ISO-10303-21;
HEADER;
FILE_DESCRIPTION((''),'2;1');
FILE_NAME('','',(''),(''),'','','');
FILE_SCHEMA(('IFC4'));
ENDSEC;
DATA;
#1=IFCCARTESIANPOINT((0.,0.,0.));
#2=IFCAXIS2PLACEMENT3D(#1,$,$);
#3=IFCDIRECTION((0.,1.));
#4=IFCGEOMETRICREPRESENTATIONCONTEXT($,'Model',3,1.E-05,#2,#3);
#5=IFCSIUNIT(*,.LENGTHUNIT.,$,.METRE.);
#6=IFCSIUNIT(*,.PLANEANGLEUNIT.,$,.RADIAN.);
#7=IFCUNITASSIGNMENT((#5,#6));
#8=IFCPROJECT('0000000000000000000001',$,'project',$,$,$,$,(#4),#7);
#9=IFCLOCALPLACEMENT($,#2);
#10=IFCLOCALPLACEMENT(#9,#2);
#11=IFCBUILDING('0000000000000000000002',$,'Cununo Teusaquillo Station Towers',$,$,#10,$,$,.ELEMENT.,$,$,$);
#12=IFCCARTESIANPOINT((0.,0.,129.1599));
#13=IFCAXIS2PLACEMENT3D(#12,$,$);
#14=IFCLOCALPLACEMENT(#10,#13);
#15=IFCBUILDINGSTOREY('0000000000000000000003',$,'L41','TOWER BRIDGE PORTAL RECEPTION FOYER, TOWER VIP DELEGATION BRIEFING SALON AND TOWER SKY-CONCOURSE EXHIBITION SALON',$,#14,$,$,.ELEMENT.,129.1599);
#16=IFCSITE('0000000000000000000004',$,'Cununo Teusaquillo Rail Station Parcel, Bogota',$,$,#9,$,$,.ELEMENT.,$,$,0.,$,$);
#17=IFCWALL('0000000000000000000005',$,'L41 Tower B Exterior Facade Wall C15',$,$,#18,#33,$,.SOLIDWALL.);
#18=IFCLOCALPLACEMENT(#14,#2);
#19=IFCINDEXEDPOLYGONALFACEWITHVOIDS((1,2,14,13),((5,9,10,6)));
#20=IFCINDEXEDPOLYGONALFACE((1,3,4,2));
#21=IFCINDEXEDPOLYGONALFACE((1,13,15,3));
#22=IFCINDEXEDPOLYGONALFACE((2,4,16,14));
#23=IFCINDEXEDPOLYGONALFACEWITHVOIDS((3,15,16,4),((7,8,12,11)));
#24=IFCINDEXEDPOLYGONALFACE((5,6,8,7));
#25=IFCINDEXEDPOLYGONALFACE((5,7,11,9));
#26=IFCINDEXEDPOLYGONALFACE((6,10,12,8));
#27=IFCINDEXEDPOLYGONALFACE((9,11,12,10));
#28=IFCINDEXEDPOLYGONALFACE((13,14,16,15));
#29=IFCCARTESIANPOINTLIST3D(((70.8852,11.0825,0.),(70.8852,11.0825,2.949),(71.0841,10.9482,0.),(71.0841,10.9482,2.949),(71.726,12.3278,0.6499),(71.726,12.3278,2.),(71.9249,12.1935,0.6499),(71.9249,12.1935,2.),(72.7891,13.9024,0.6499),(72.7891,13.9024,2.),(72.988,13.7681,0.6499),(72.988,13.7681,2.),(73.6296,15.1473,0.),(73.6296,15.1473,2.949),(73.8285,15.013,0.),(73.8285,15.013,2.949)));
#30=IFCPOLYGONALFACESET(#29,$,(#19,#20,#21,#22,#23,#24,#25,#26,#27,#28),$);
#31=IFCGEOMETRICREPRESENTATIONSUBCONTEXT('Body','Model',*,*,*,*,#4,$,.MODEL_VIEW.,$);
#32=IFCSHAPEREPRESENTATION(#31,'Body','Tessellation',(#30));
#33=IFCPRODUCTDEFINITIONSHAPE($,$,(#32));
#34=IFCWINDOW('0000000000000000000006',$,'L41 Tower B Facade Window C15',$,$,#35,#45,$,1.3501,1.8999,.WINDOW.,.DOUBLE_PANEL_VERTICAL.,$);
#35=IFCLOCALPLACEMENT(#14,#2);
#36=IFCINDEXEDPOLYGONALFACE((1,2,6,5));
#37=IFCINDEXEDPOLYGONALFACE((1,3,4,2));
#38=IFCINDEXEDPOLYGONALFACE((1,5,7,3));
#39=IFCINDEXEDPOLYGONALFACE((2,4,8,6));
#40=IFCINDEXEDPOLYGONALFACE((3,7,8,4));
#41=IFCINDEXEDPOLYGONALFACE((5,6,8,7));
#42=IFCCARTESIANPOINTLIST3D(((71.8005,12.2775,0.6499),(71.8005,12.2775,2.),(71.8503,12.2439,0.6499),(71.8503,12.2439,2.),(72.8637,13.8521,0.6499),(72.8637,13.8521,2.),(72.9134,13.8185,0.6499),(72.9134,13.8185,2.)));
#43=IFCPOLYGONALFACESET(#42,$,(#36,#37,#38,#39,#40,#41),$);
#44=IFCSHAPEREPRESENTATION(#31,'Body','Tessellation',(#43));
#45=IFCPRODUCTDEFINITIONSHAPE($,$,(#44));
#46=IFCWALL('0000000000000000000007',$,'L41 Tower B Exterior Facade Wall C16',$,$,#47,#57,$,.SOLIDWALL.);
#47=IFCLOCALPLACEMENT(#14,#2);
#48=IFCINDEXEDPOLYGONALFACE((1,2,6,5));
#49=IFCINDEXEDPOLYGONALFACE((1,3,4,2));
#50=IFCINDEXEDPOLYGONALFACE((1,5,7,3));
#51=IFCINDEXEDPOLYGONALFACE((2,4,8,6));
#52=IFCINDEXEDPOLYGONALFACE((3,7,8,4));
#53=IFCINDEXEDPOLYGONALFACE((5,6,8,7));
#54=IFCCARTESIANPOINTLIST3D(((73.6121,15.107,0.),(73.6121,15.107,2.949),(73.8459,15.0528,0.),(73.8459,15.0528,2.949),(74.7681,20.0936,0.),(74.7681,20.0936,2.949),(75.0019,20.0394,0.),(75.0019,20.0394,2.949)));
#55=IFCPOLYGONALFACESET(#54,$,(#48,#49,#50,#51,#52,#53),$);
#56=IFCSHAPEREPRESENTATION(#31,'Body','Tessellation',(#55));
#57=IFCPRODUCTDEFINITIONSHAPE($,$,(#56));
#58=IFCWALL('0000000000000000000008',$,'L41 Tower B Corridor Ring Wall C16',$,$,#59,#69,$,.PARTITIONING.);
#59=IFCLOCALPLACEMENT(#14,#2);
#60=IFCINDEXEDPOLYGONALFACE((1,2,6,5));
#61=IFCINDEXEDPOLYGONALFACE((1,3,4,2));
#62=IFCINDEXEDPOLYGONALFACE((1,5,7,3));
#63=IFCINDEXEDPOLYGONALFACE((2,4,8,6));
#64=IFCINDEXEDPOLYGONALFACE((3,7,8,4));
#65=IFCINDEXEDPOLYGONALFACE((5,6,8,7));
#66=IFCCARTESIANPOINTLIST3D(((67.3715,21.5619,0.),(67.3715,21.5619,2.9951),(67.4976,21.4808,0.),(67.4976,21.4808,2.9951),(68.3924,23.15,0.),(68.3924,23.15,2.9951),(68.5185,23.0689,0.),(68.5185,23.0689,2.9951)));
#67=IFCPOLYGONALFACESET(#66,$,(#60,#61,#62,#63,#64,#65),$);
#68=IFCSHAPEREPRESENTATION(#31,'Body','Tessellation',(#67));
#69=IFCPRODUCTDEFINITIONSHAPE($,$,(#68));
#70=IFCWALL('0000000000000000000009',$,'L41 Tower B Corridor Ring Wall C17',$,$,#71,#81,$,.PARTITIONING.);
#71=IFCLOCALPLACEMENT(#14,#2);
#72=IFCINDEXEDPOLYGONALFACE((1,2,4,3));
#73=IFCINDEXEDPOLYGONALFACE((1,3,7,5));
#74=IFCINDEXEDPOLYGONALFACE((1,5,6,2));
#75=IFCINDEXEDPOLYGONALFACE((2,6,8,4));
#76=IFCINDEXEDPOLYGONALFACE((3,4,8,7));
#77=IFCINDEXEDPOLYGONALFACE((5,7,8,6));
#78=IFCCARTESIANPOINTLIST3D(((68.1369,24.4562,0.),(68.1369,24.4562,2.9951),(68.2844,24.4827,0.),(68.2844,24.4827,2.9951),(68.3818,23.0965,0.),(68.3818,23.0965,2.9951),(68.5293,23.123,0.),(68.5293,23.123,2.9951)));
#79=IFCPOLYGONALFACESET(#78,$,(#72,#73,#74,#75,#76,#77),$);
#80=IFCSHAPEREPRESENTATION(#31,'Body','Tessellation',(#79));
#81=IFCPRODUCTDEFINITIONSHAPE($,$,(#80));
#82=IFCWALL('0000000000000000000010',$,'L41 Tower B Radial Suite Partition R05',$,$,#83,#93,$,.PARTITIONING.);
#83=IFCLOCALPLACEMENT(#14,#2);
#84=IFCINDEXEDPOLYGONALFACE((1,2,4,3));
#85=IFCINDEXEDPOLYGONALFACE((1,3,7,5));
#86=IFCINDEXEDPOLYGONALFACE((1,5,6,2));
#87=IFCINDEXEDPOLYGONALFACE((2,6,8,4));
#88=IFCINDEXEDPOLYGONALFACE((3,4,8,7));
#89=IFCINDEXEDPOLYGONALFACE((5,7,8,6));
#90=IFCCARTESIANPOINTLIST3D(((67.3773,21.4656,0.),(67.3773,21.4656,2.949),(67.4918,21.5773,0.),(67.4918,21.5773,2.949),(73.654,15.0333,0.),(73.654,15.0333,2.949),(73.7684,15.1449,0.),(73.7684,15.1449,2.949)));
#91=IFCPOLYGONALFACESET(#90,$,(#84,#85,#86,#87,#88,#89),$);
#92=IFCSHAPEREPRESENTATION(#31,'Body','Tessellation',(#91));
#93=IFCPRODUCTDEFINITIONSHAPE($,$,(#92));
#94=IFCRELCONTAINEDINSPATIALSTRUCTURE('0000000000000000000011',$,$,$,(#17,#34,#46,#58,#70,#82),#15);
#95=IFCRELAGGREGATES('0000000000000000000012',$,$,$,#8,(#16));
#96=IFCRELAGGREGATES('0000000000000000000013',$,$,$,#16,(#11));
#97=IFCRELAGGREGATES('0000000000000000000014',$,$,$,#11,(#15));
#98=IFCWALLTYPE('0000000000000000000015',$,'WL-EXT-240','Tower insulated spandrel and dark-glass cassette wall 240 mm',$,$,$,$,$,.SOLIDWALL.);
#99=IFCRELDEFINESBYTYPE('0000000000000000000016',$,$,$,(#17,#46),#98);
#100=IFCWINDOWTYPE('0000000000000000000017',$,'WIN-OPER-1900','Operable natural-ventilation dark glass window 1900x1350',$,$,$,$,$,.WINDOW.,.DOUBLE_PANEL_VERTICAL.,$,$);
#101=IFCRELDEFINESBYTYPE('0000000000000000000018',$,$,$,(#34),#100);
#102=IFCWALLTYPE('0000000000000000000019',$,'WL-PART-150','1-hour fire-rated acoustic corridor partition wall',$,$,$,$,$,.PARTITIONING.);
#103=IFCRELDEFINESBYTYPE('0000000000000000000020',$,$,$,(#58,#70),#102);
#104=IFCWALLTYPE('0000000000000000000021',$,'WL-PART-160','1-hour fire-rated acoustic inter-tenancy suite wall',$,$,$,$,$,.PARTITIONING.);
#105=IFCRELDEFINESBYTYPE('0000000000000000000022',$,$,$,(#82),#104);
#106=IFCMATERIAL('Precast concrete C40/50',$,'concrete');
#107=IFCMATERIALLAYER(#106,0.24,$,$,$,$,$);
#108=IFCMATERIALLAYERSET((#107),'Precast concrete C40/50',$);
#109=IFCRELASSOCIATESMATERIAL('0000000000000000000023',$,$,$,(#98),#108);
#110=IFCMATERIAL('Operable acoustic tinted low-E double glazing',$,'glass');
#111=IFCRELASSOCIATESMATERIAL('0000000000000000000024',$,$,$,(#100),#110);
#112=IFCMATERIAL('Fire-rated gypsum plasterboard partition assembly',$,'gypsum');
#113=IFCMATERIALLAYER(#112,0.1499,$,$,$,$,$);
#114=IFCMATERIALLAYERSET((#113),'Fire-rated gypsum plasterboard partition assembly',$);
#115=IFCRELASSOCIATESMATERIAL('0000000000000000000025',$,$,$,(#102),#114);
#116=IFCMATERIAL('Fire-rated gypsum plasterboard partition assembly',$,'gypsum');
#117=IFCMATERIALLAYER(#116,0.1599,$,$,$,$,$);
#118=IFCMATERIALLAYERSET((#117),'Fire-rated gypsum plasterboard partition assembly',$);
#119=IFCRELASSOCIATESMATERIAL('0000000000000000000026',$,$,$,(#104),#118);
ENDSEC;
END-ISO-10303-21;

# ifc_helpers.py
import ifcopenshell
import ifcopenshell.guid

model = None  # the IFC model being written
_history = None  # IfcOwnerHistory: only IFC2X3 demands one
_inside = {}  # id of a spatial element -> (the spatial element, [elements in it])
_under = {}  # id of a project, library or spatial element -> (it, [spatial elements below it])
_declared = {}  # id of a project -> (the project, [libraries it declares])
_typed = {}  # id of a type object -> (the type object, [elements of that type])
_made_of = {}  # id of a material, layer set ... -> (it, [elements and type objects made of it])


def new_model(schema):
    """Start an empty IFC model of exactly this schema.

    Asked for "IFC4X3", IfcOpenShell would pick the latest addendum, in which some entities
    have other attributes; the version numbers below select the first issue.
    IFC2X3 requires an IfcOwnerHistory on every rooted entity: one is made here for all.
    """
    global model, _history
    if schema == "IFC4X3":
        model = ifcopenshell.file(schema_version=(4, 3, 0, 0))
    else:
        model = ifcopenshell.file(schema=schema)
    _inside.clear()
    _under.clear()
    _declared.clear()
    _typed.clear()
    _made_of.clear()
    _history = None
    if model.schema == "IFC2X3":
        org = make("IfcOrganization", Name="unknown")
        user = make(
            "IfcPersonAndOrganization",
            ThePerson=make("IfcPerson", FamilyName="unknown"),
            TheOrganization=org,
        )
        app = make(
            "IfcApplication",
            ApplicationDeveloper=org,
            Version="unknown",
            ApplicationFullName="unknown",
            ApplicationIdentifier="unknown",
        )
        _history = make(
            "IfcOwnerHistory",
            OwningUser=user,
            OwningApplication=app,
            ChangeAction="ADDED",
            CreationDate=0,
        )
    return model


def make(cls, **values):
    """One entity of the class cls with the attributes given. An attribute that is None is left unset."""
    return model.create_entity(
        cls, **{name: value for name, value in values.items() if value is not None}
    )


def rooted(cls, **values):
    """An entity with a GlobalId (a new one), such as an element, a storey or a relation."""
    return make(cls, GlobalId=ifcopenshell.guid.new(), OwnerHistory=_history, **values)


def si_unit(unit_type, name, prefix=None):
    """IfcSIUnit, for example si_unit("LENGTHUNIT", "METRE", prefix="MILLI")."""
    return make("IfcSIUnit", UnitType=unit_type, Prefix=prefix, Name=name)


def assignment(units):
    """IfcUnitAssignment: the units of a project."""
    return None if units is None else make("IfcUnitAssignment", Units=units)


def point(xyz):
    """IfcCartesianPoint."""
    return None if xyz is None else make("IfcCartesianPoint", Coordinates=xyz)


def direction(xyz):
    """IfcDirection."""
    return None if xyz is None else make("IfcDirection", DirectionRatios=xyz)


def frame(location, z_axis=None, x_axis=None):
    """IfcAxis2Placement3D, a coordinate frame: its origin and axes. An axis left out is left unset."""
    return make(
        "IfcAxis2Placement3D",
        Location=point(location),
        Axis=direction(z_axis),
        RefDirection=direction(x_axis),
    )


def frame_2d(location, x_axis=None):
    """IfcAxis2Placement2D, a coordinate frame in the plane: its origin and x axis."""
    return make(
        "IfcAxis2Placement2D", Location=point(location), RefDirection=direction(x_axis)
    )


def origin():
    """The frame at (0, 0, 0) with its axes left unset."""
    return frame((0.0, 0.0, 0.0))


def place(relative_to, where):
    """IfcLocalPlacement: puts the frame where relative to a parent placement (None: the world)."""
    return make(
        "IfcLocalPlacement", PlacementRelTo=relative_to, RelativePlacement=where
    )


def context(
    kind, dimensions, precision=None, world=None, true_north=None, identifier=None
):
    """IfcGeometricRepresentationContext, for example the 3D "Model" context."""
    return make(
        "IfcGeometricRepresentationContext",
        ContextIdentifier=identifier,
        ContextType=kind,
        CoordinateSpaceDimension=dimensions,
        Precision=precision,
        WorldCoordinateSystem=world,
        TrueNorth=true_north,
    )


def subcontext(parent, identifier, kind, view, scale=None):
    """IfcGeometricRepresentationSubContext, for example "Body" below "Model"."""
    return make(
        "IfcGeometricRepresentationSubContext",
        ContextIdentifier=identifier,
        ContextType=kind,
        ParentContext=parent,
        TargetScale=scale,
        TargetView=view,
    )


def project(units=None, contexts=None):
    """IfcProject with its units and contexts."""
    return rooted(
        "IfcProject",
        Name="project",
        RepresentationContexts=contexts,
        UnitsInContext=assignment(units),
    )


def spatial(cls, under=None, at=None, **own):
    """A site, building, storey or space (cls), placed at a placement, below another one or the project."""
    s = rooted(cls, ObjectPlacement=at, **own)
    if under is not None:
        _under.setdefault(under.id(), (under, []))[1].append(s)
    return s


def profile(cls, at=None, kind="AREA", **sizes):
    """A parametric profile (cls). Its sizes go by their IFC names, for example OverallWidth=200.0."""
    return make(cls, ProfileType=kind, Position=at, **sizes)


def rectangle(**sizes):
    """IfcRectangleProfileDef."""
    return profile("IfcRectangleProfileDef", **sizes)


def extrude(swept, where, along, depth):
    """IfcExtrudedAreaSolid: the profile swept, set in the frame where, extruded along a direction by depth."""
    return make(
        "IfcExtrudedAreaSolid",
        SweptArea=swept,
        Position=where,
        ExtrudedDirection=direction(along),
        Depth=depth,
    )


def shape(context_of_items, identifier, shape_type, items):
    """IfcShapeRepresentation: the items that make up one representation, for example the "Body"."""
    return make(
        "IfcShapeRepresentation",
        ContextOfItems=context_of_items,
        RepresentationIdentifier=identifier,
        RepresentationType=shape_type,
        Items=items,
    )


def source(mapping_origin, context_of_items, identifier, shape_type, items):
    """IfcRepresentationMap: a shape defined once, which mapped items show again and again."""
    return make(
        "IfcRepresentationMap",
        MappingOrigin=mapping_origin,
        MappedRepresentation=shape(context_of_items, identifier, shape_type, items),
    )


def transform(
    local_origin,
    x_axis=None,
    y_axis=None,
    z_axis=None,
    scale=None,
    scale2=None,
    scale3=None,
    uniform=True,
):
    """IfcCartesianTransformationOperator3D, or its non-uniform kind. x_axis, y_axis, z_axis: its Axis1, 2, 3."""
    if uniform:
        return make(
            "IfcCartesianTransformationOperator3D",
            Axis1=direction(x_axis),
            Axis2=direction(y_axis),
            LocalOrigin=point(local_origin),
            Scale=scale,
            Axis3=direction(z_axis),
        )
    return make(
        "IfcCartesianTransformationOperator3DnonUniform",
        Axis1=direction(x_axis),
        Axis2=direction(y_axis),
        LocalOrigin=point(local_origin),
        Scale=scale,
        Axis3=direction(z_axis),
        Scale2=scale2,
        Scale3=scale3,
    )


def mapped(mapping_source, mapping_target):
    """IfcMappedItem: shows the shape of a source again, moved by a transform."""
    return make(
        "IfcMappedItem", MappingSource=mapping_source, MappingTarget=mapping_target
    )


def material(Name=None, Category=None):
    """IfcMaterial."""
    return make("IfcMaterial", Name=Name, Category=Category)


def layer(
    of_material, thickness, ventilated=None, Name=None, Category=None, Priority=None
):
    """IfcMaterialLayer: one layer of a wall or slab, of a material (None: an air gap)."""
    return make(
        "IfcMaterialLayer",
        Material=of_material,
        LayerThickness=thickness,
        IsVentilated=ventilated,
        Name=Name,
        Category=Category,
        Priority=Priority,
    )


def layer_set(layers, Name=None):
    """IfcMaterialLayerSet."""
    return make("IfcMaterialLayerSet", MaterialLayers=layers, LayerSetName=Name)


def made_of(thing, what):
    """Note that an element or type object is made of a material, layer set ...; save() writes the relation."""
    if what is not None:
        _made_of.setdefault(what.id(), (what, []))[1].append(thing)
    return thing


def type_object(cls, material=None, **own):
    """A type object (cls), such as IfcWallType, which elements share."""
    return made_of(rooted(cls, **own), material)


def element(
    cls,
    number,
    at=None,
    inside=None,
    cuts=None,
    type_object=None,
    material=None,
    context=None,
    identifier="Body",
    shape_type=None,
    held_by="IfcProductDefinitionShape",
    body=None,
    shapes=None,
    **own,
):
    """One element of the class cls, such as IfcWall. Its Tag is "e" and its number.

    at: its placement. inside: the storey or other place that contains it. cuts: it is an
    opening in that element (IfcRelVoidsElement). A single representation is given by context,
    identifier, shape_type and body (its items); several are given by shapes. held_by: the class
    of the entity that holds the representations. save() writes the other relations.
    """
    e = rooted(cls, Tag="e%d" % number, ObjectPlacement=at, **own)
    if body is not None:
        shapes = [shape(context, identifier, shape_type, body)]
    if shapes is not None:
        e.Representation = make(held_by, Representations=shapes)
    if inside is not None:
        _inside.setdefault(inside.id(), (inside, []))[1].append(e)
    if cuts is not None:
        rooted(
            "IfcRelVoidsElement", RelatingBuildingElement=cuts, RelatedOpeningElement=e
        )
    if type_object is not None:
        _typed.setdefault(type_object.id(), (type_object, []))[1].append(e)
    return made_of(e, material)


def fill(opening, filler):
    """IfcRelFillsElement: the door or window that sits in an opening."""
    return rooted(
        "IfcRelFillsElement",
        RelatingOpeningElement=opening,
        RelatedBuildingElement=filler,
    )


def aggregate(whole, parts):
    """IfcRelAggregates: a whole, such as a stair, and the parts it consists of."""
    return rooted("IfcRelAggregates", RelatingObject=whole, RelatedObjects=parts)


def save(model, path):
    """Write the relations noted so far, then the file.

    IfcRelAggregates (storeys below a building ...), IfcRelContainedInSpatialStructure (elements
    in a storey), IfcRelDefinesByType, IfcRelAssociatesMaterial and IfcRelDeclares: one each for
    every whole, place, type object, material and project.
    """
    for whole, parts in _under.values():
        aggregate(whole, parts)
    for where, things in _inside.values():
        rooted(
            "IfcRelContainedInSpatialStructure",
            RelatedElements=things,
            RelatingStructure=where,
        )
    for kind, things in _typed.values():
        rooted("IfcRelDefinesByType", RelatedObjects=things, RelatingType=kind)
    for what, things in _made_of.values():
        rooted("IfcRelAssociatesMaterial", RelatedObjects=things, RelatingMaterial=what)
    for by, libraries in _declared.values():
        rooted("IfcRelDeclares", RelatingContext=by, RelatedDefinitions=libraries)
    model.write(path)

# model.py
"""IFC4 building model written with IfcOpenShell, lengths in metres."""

from ifc_helpers import new_model, si_unit, direction, frame, frame_2d, origin, place, context, subcontext, project, spatial, rectangle, extrude, source, transform, mapped, material, layer, layer_set, type_object, element, fill, save


model = new_model("IFC4")

# Units and contexts
model_context = context("Model", 3, precision=1e-05, world=origin(), true_north=direction((0.0, 1.0)))
body_context = subcontext(model_context, "Body", "Model", "MODEL_VIEW")
ifc_project = project(units=[si_unit("LENGTHUNIT", "METRE"), si_unit("PLANEANGLEUNIT", "RADIAN")], contexts=[model_context])

# Site, building, storey
site_placement = place(None, origin())
site = spatial("IfcSite", under=ifc_project, at=site_placement, Name="Cununo Teusaquillo Rail Station Parcel, Bogota", CompositionType="ELEMENT", RefElevation=0.0)
building_placement = place(site_placement, origin())
building = spatial("IfcBuilding", under=site, at=building_placement, Name="Cununo Teusaquillo Station Towers", CompositionType="ELEMENT")
storey_placement = place(building_placement, frame((0.0, 0.0, 129.1599)))
storey = spatial("IfcBuildingStorey", under=building, at=storey_placement, Name="L41", Description="TOWER BRIDGE PORTAL RECEPTION FOYER, TOWER VIP DELEGATION BRIEFING SALON AND TOWER SKY-CONCOURSE EXHIBITION SALON", CompositionType="ELEMENT", Elevation=129.1599)

# Shared definitions
ifc_material_1 = material(Name="Precast concrete C40/50", Category="concrete")
ifc_layer_1 = layer(ifc_material_1, 0.24)
ifc_layer_set_1 = layer_set([ifc_layer_1], Name="Precast concrete C40/50")
wall_type_1 = type_object("IfcWallType", Name="WL-EXT-240", Description="Tower insulated spandrel and dark-glass cassette wall 240 mm", PredefinedType="SOLIDWALL", material=ifc_layer_set_1)

# Wall, opening, window
wall_1_placement = place(storey_placement, frame((73.729, 15.0801, 0.0), z_axis=(0.0, 0.0, 1.0), x_axis=(-0.559573, -0.828781, 0.0)))
wall_1 = element("IfcWall", 1, at=wall_1_placement, inside=storey, type_object=wall_type_1, Name="L41 Tower B Exterior Facade Wall C15", PredefinedType="SOLIDWALL", context=body_context, shape_type="SweptSolid", body=[
    extrude(rectangle(XDim=4.9045, YDim=0.24, at=frame_2d((2.4521, 0.0))), origin(), (0.0, 0.0, 1.0), 2.949),
])
shared_shape_1 = source(origin(), body_context, "Body", "SweptSolid", [
    extrude(rectangle(XDim=1.8999, YDim=1.3501, at=frame_2d((0.95, 0.675))), frame((0.0, 0.1299, 0.0), z_axis=(0.0, -1.0, 0.0), x_axis=(1.0, 0.0, 0.0)), (0.0, 0.0, 1.0), 0.26),
])
opening_1_placement = place(wall_1_placement, frame((1.502, 0.0, 0.6499)))
opening_1 = element("IfcOpeningElement", 2, at=opening_1_placement, cuts=wall_1, PredefinedType="OPENING", context=body_context, shape_type="MappedRepresentation", body=[
    mapped(shared_shape_1, transform((0.0, 0.0, 0.0), x_axis=(1.0, 0.0, 0.0), y_axis=(0.0, 1.0, 0.0), z_axis=(0.0, 0.0, 1.0), scale=1.0)),
])
ifc_material_2 = material(Name="Operable acoustic tinted low-E double glazing", Category="glass")
window_type_1 = type_object("IfcWindowType", Name="WIN-OPER-1900", Description="Operable natural-ventilation dark glass window 1900x1350", PartitioningType="DOUBLE_PANEL_VERTICAL", PredefinedType="WINDOW", material=ifc_material_2)
shared_shape_2 = source(origin(), body_context, "Body", "SweptSolid", [
    extrude(rectangle(XDim=1.8999, YDim=1.3501, at=frame_2d((0.95, 0.675))), frame((0.0, 0.03, 0.0), z_axis=(0.0, -1.0, 0.0), x_axis=(1.0, 0.0, 0.0)), (0.0, 0.0, 1.0), 0.0601),
])
window_1_placement = place(opening_1_placement, origin())
window_1 = element("IfcWindow", 3, at=window_1_placement, inside=storey, type_object=window_type_1, Name="L41 Tower B Facade Window C15", OverallHeight=1.3501, OverallWidth=1.8999, PartitioningType="DOUBLE_PANEL_VERTICAL", PredefinedType="WINDOW", context=body_context, shape_type="MappedRepresentation", body=[
    mapped(shared_shape_2, transform((0.0, 0.0, 0.0), x_axis=(1.0, 0.0, 0.0), y_axis=(0.0, 1.0, 0.0), z_axis=(0.0, 0.0, 1.0), scale=1.0)),
])
fill(opening_1, window_1)

# Walls
wall_2_placement = place(storey_placement, frame((74.885, 20.0667, 0.0), z_axis=(0.0, 0.0, 1.0), x_axis=(-0.225835, -0.974166, 0.0)))
element("IfcWall", 4, at=wall_2_placement, inside=storey, type_object=wall_type_1, Name="L41 Tower B Exterior Facade Wall C16", PredefinedType="SOLIDWALL", context=body_context, shape_type="SweptSolid", body=[
    extrude(rectangle(XDim=5.1189, YDim=0.24, at=frame_2d((2.5596, 0.0))), origin(), (0.0, 0.0, 1.0), 2.949),
])
ifc_material_3 = material(Name="Fire-rated gypsum plasterboard partition assembly", Category="gypsum")
ifc_layer_2 = layer(ifc_material_3, 0.1499)
ifc_layer_set_2 = layer_set([ifc_layer_2], Name="Fire-rated gypsum plasterboard partition assembly")
wall_type_2 = type_object("IfcWallType", Name="WL-PART-150", Description="1-hour fire-rated acoustic corridor partition wall", PredefinedType="PARTITIONING", material=ifc_layer_set_2)
wall_3_placement = place(storey_placement, frame((67.4346, 21.5215, 0.0), z_axis=(0.0, 0.0, 1.0), x_axis=(0.540777, 0.841166, 0.0)))
element("IfcWall", 5, at=wall_3_placement, inside=storey, type_object=wall_type_2, Name="L41 Tower B Corridor Ring Wall C16", PredefinedType="PARTITIONING", context=body_context, shape_type="SweptSolid", body=[
    extrude(rectangle(XDim=1.8879, YDim=0.1499, at=frame_2d((0.9438, 0.0))), origin(), (0.0, 0.0, 1.0), 2.9951),
])
wall_4_placement = place(storey_placement, frame((68.4556, 23.1096, 0.0), z_axis=(0.0, 0.0, 1.0), x_axis=(-0.177252, 0.984165, 0.0)))
element("IfcWall", 6, at=wall_4_placement, inside=storey, type_object=wall_type_2, Name="L41 Tower B Corridor Ring Wall C17", PredefinedType="PARTITIONING", context=body_context, shape_type="SweptSolid", body=[
    extrude(rectangle(XDim=1.3816, YDim=0.1499, at=frame_2d((0.6909, 0.0))), origin(), (0.0, 0.0, 1.0), 2.9951),
])
ifc_material_4 = material(Name="Fire-rated gypsum plasterboard partition assembly", Category="gypsum")
ifc_layer_3 = layer(ifc_material_4, 0.1599)
ifc_layer_set_3 = layer_set([ifc_layer_3], Name="Fire-rated gypsum plasterboard partition assembly")
wall_type_3 = type_object("IfcWallType", Name="WL-PART-160", Description="1-hour fire-rated acoustic inter-tenancy suite wall", PredefinedType="PARTITIONING", material=ifc_layer_set_3)
wall_5_placement = place(storey_placement, frame((67.4346, 21.5215, 0.0), z_axis=(0.0, 0.0, 1.0), x_axis=(0.698388, -0.715719, 0.0)))
element("IfcWall", 7, at=wall_5_placement, inside=storey, type_object=wall_type_3, Name="L41 Tower B Radial Suite Partition R05", PredefinedType="PARTITIONING", context=body_context, shape_type="SweptSolid", body=[
    extrude(rectangle(XDim=8.9873, YDim=0.1599, at=frame_2d((4.4937, 0.0))), origin(), (0.0, 0.0, 1.0), 2.949),
])

save(model, "model.ifc")
